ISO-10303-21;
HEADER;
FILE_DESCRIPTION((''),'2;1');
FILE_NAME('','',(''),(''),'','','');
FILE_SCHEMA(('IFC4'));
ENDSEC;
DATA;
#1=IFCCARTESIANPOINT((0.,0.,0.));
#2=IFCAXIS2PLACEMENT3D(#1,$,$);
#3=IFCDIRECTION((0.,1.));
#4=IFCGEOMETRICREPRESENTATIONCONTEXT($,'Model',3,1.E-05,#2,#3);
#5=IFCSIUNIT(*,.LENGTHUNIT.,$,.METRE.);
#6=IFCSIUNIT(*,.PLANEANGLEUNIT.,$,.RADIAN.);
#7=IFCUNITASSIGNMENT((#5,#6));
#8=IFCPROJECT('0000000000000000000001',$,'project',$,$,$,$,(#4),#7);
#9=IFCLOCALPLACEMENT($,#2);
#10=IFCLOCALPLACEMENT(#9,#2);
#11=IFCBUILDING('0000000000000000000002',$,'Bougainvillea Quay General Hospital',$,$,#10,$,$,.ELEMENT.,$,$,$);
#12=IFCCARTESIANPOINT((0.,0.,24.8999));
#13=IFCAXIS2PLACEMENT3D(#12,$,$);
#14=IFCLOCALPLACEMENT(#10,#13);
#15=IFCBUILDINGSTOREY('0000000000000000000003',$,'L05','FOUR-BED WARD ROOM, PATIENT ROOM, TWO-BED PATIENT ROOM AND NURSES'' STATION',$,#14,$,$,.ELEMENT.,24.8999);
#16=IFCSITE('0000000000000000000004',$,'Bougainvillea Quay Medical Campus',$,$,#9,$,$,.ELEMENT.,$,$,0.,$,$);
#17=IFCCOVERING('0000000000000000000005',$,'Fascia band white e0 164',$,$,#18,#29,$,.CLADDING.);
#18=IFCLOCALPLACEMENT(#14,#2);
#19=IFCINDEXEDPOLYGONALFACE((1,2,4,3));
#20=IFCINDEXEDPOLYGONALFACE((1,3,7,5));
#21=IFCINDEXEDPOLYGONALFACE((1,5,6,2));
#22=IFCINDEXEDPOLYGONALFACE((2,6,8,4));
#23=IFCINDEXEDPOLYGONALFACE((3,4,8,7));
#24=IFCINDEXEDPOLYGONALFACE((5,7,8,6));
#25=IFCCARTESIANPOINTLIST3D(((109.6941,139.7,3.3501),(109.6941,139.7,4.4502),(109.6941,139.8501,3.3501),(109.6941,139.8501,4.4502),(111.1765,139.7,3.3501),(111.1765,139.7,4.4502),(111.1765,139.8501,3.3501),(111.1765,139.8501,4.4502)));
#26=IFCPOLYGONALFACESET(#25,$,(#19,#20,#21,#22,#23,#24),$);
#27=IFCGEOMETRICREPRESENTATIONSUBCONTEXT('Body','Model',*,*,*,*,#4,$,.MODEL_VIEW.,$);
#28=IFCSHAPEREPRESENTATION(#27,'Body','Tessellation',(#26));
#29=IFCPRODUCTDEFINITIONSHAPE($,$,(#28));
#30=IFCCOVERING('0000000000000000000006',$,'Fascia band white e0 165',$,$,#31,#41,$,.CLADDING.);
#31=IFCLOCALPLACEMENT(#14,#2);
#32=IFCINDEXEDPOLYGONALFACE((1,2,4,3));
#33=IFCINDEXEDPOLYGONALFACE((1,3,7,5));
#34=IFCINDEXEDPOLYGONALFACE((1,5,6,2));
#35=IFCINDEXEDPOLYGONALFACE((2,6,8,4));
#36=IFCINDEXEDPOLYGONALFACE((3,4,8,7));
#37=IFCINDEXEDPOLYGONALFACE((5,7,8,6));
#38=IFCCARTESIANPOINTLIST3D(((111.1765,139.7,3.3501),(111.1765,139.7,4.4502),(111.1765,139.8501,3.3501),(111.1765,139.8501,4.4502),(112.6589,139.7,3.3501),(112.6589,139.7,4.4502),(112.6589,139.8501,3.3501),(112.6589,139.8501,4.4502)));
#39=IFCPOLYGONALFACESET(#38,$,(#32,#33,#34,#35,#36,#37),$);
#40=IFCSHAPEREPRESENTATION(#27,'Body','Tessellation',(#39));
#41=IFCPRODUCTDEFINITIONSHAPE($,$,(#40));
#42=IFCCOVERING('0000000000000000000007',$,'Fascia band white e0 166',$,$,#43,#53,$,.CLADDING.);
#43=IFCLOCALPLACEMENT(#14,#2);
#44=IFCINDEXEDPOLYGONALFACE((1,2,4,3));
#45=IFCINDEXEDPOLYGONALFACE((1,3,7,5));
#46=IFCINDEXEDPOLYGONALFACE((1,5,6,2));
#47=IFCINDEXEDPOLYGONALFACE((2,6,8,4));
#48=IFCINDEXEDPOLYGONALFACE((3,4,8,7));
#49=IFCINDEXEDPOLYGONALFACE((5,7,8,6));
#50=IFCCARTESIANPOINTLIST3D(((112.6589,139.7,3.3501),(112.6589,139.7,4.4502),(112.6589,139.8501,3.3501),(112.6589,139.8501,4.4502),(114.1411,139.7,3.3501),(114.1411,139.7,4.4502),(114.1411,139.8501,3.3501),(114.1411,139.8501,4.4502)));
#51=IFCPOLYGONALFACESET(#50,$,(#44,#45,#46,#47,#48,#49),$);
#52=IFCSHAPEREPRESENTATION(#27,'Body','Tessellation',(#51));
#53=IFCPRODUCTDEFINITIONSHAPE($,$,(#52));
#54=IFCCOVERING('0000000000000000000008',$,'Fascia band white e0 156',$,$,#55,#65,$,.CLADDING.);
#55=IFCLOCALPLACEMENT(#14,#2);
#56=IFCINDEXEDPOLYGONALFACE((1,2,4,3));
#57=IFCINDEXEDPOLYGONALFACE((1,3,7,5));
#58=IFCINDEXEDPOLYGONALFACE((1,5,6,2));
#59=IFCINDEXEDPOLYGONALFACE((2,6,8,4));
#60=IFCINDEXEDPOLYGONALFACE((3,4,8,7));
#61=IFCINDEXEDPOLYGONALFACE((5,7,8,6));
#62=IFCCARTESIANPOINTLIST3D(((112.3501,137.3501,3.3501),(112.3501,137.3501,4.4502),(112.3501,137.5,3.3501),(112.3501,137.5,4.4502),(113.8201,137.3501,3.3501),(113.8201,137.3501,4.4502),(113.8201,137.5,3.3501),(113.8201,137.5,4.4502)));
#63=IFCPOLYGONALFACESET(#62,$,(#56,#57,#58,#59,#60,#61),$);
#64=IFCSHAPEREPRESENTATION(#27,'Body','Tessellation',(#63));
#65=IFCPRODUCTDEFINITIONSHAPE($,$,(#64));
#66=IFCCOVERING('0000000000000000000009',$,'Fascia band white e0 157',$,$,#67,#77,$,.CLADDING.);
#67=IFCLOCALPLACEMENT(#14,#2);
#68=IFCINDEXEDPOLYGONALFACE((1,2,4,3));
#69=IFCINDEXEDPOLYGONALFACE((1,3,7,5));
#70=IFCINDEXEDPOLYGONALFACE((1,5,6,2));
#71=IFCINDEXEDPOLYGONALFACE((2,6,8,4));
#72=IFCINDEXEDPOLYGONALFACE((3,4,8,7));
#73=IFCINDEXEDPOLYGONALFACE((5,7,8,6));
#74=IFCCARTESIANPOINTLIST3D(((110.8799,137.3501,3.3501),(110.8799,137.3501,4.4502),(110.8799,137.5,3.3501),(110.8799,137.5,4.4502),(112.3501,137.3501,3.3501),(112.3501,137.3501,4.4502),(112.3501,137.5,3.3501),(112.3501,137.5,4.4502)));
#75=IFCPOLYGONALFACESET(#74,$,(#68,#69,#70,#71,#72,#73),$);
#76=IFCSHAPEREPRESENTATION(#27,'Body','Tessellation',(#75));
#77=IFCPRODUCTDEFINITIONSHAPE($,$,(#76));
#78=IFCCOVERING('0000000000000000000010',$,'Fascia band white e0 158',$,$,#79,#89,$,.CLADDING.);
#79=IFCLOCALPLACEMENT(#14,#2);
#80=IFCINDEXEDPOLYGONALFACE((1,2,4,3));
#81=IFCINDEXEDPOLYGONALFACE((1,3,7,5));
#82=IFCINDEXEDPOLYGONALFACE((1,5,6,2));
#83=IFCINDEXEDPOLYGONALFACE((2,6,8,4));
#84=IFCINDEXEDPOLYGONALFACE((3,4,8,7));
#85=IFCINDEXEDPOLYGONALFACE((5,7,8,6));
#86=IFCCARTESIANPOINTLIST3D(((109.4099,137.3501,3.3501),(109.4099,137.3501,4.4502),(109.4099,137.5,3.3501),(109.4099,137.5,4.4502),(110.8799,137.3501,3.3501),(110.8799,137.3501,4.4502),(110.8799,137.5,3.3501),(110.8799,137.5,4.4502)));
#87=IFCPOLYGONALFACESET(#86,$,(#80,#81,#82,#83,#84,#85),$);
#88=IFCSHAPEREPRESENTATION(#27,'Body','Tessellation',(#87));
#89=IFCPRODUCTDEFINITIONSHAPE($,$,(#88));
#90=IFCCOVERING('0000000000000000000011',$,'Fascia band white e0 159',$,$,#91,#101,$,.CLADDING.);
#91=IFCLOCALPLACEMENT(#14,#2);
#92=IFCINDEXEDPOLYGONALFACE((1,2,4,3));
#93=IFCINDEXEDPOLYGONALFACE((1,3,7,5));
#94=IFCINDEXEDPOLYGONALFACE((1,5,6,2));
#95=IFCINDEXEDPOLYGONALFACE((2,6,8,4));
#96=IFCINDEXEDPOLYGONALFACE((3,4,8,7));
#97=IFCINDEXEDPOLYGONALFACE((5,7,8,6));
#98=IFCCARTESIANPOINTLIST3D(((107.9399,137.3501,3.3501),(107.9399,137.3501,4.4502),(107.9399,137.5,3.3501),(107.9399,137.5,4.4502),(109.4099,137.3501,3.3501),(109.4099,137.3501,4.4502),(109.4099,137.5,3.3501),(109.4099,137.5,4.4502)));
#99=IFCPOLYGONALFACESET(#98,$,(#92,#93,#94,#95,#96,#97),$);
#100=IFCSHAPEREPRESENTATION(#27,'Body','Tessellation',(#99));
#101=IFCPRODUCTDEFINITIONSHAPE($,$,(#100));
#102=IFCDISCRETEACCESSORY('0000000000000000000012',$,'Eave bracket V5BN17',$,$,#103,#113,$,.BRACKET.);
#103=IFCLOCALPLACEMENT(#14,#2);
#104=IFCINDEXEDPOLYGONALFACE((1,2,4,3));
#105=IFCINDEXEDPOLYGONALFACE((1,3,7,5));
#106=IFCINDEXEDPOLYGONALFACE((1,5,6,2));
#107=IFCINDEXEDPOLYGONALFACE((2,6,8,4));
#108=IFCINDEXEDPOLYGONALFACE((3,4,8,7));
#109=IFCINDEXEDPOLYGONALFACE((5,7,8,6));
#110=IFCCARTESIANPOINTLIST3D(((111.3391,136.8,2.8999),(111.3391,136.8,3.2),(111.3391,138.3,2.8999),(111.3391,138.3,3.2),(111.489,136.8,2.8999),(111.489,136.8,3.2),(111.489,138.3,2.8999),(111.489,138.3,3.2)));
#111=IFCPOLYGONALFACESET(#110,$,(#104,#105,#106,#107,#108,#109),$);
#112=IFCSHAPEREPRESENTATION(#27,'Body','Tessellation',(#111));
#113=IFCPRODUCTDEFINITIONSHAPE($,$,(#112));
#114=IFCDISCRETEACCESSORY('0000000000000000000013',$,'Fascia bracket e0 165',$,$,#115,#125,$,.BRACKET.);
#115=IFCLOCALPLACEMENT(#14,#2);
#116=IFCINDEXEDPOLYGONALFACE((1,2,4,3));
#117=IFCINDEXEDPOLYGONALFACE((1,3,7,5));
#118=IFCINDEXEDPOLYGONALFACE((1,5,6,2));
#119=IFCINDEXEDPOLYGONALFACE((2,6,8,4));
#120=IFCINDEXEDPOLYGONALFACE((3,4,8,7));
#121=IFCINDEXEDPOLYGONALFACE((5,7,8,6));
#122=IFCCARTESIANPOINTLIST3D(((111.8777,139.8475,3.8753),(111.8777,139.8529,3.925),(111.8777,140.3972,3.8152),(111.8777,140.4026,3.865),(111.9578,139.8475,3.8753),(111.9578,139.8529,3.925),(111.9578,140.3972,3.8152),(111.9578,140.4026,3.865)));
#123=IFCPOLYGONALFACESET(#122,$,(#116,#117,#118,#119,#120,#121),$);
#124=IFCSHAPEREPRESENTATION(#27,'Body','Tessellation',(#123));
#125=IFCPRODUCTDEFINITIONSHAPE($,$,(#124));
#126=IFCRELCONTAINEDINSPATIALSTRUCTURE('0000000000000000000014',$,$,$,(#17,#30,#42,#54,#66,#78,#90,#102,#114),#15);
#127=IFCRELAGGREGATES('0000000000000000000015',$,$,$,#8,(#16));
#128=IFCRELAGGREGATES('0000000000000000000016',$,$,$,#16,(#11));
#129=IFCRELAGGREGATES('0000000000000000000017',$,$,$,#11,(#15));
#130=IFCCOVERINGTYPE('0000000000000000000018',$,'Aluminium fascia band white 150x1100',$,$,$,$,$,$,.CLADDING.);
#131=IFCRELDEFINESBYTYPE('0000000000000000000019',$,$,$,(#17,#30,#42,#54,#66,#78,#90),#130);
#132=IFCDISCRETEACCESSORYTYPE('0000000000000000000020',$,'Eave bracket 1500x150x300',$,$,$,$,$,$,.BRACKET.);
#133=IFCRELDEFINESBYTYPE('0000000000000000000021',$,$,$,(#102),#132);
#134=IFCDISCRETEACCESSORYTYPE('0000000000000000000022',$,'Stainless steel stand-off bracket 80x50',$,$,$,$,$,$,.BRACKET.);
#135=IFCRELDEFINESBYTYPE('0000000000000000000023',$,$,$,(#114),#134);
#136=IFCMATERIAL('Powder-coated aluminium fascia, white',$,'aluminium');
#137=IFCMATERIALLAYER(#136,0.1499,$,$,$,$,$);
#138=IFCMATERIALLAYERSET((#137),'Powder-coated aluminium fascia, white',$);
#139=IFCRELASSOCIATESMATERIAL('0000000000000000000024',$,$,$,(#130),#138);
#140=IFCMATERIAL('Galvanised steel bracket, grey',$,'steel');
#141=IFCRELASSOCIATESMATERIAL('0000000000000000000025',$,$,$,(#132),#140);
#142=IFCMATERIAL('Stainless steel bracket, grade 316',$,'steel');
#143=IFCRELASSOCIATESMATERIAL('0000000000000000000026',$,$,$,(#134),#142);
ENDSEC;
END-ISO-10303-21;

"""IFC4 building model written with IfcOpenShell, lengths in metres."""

from ifc_helpers import new_model, si_unit, direction, frame, origin, origin_2d, place, context, subcontext, project, spatial, polyline, rectangle, outline, extrude, material, layer, layer_set, material_profile, profile_set, type_object, element, save


model = new_model("IFC4")

# Units and contexts
model_context = context("Model", 3, precision=1e-05, world=origin(), true_north=direction((0.0, 1.0)))
body_context = subcontext(model_context, "Body", "Model", "MODEL_VIEW")
ifc_project = project(units=[si_unit("LENGTHUNIT", "METRE"), si_unit("PLANEANGLEUNIT", "RADIAN")], contexts=[model_context])

# Site, building, storey
site_placement = place(None, origin())
site = spatial("IfcSite", under=ifc_project, at=site_placement, Name="Bougainvillea Quay Medical Campus", CompositionType="ELEMENT", RefElevation=0.0)
building_placement = place(site_placement, origin())
building = spatial("IfcBuilding", under=site, at=building_placement, Name="Bougainvillea Quay General Hospital", CompositionType="ELEMENT")
storey_placement = place(building_placement, frame((0.0, 0.0, 24.8999)))
storey = spatial("IfcBuildingStorey", under=building, at=storey_placement, Name="L05", Description="FOUR-BED WARD ROOM, PATIENT ROOM, TWO-BED PATIENT ROOM AND NURSES' STATION", CompositionType="ELEMENT", Elevation=24.8999)

# Coverings
ifc_material_1 = material(Name="Powder-coated aluminium fascia, white", Category="aluminium")
ifc_layer_1 = layer(ifc_material_1, 0.1499)
ifc_layer_set_1 = layer_set([ifc_layer_1], Name="Powder-coated aluminium fascia, white")
covering_type = type_object("IfcCoveringType", Name="Aluminium fascia band white 150x1100", PredefinedType="CLADDING", material=ifc_layer_set_1)
for number, where, z_axis, x_axis, name in (
    (1, (109.6941, 139.8501, 3.3501), (0.0, 0.0, 1.0), (1.0, 0.0, 0.0), "Fascia band white e0 164"),
    (2, (111.1765, 139.8501, 3.3501), (0.0, 0.0, 1.0), (1.0, 0.0, 0.0), "Fascia band white e0 165"),
):
    element("IfcCovering", number, at=place(storey_placement, frame(where, z_axis=z_axis, x_axis=x_axis)), inside=storey, type_object=covering_type, Name=name, PredefinedType="CLADDING", context=body_context, shape_type="SweptSolid", body=[
        extrude(outline(polyline([(0.0, 0.0), (1.4824, 0.0), (1.4824, -0.1501), (0.0, -0.1501), (0.0, 0.0)])), origin(), (0.0, 0.0, 1.0), 1.1001),
    ])
covering_1_placement = place(storey_placement, frame((112.6589, 139.8501, 3.3501), z_axis=(0.0, 0.0, 1.0), x_axis=(1.0, 0.0, 0.0)))
element("IfcCovering", 3, at=covering_1_placement, inside=storey, type_object=covering_type, Name="Fascia band white e0 166", PredefinedType="CLADDING", context=body_context, shape_type="SweptSolid", body=[
    extrude(outline(polyline([(0.0, 0.0), (1.4822, 0.0), (1.4822, -0.1501), (0.0, -0.1501), (0.0, 0.0)])), origin(), (0.0, 0.0, 1.0), 1.1001),
])
covering_2_placement = place(storey_placement, frame((113.8201, 137.3501, 3.3501), z_axis=(0.0, 0.0, 1.0), x_axis=(-1.0, 0.0, 0.0)))
element("IfcCovering", 4, at=covering_2_placement, inside=storey, type_object=covering_type, Name="Fascia band white e0 156", PredefinedType="CLADDING", context=body_context, shape_type="SweptSolid", body=[
    extrude(outline(polyline([(0.0, 0.0), (1.47, 0.0), (1.47, -0.1499), (0.0, -0.1499), (0.0, 0.0)])), origin(), (0.0, 0.0, 1.0), 1.1001),
])
covering_3_placement = place(storey_placement, frame((112.3501, 137.3501, 3.3501), z_axis=(0.0, 0.0, 1.0), x_axis=(-1.0, 0.0, 0.0)))
element("IfcCovering", 5, at=covering_3_placement, inside=storey, type_object=covering_type, Name="Fascia band white e0 157", PredefinedType="CLADDING", context=body_context, shape_type="SweptSolid", body=[
    extrude(outline(polyline([(0.0, 0.0), (1.4702, 0.0), (1.4702, -0.1499), (0.0, -0.1499), (0.0, 0.0)])), origin(), (0.0, 0.0, 1.0), 1.1001),
])
for number, where, z_axis, x_axis, name in (
    (6, (110.8799, 137.3501, 3.3501), (0.0, 0.0, 1.0), (-1.0, 0.0, 0.0), "Fascia band white e0 158"),
    (7, (109.4099, 137.3501, 3.3501), (0.0, 0.0, 1.0), (-1.0, 0.0, 0.0), "Fascia band white e0 159"),
):
    element("IfcCovering", number, at=place(storey_placement, frame(where, z_axis=z_axis, x_axis=x_axis)), inside=storey, type_object=covering_type, Name=name, PredefinedType="CLADDING", context=body_context, shape_type="SweptSolid", body=[
        extrude(outline(polyline([(0.0, 0.0), (1.47, 0.0), (1.47, -0.1499), (0.0, -0.1499), (0.0, 0.0)])), origin(), (0.0, 0.0, 1.0), 1.1001),
    ])

# Discrete accessories
ifc_material_2 = material(Name="Galvanised steel bracket, grey", Category="steel")
discrete_accessory_type_1 = type_object("IfcDiscreteAccessoryType", Name="Eave bracket 1500x150x300", PredefinedType="BRACKET", material=ifc_material_2)
discrete_accessory_1_placement = place(storey_placement, frame((111.4141, 137.55, 2.8999), z_axis=(0.0, 0.0, 1.0), x_axis=(1.0, 0.0, 0.0)))
element("IfcDiscreteAccessory", 8, at=discrete_accessory_1_placement, inside=storey, type_object=discrete_accessory_type_1, Name="Eave bracket V5BN17", PredefinedType="BRACKET", context=body_context, shape_type="SweptSolid", body=[
    extrude(rectangle(XDim=0.1499, YDim=1.5, at=origin_2d()), origin(), (0.0, 0.0, 1.0), 0.3),
])
ifc_material_3 = material(Name="Stainless steel bracket, grade 316", Category="steel")
ifc_material_profile_1 = material_profile(ifc_material_3, rectangle(XDim=0.0801, YDim=0.05, at=origin_2d()))
ifc_profile_set_1 = profile_set([ifc_material_profile_1], Name="Stainless steel bracket, grade 316")
discrete_accessory_type_2 = type_object("IfcDiscreteAccessoryType", Name="Stainless steel stand-off bracket 80x50", PredefinedType="BRACKET", material=ifc_profile_set_1)
discrete_accessory_2_placement = place(storey_placement, frame((111.9177, 140.3999, 3.8401), z_axis=(0.0, -0.994087, 0.10859), x_axis=(1.0, 0.0, 0.0)))
element("IfcDiscreteAccessory", 9, at=discrete_accessory_2_placement, inside=storey, type_object=discrete_accessory_type_2, Name="Fascia bracket e0 165", PredefinedType="BRACKET", context=body_context, shape_type="SweptSolid", body=[
    extrude(rectangle(XDim=0.0801, YDim=0.05, at=origin_2d()), origin(), (0.0, 0.0, 1.0), 0.553),
])

save(model, "model.ifc")
